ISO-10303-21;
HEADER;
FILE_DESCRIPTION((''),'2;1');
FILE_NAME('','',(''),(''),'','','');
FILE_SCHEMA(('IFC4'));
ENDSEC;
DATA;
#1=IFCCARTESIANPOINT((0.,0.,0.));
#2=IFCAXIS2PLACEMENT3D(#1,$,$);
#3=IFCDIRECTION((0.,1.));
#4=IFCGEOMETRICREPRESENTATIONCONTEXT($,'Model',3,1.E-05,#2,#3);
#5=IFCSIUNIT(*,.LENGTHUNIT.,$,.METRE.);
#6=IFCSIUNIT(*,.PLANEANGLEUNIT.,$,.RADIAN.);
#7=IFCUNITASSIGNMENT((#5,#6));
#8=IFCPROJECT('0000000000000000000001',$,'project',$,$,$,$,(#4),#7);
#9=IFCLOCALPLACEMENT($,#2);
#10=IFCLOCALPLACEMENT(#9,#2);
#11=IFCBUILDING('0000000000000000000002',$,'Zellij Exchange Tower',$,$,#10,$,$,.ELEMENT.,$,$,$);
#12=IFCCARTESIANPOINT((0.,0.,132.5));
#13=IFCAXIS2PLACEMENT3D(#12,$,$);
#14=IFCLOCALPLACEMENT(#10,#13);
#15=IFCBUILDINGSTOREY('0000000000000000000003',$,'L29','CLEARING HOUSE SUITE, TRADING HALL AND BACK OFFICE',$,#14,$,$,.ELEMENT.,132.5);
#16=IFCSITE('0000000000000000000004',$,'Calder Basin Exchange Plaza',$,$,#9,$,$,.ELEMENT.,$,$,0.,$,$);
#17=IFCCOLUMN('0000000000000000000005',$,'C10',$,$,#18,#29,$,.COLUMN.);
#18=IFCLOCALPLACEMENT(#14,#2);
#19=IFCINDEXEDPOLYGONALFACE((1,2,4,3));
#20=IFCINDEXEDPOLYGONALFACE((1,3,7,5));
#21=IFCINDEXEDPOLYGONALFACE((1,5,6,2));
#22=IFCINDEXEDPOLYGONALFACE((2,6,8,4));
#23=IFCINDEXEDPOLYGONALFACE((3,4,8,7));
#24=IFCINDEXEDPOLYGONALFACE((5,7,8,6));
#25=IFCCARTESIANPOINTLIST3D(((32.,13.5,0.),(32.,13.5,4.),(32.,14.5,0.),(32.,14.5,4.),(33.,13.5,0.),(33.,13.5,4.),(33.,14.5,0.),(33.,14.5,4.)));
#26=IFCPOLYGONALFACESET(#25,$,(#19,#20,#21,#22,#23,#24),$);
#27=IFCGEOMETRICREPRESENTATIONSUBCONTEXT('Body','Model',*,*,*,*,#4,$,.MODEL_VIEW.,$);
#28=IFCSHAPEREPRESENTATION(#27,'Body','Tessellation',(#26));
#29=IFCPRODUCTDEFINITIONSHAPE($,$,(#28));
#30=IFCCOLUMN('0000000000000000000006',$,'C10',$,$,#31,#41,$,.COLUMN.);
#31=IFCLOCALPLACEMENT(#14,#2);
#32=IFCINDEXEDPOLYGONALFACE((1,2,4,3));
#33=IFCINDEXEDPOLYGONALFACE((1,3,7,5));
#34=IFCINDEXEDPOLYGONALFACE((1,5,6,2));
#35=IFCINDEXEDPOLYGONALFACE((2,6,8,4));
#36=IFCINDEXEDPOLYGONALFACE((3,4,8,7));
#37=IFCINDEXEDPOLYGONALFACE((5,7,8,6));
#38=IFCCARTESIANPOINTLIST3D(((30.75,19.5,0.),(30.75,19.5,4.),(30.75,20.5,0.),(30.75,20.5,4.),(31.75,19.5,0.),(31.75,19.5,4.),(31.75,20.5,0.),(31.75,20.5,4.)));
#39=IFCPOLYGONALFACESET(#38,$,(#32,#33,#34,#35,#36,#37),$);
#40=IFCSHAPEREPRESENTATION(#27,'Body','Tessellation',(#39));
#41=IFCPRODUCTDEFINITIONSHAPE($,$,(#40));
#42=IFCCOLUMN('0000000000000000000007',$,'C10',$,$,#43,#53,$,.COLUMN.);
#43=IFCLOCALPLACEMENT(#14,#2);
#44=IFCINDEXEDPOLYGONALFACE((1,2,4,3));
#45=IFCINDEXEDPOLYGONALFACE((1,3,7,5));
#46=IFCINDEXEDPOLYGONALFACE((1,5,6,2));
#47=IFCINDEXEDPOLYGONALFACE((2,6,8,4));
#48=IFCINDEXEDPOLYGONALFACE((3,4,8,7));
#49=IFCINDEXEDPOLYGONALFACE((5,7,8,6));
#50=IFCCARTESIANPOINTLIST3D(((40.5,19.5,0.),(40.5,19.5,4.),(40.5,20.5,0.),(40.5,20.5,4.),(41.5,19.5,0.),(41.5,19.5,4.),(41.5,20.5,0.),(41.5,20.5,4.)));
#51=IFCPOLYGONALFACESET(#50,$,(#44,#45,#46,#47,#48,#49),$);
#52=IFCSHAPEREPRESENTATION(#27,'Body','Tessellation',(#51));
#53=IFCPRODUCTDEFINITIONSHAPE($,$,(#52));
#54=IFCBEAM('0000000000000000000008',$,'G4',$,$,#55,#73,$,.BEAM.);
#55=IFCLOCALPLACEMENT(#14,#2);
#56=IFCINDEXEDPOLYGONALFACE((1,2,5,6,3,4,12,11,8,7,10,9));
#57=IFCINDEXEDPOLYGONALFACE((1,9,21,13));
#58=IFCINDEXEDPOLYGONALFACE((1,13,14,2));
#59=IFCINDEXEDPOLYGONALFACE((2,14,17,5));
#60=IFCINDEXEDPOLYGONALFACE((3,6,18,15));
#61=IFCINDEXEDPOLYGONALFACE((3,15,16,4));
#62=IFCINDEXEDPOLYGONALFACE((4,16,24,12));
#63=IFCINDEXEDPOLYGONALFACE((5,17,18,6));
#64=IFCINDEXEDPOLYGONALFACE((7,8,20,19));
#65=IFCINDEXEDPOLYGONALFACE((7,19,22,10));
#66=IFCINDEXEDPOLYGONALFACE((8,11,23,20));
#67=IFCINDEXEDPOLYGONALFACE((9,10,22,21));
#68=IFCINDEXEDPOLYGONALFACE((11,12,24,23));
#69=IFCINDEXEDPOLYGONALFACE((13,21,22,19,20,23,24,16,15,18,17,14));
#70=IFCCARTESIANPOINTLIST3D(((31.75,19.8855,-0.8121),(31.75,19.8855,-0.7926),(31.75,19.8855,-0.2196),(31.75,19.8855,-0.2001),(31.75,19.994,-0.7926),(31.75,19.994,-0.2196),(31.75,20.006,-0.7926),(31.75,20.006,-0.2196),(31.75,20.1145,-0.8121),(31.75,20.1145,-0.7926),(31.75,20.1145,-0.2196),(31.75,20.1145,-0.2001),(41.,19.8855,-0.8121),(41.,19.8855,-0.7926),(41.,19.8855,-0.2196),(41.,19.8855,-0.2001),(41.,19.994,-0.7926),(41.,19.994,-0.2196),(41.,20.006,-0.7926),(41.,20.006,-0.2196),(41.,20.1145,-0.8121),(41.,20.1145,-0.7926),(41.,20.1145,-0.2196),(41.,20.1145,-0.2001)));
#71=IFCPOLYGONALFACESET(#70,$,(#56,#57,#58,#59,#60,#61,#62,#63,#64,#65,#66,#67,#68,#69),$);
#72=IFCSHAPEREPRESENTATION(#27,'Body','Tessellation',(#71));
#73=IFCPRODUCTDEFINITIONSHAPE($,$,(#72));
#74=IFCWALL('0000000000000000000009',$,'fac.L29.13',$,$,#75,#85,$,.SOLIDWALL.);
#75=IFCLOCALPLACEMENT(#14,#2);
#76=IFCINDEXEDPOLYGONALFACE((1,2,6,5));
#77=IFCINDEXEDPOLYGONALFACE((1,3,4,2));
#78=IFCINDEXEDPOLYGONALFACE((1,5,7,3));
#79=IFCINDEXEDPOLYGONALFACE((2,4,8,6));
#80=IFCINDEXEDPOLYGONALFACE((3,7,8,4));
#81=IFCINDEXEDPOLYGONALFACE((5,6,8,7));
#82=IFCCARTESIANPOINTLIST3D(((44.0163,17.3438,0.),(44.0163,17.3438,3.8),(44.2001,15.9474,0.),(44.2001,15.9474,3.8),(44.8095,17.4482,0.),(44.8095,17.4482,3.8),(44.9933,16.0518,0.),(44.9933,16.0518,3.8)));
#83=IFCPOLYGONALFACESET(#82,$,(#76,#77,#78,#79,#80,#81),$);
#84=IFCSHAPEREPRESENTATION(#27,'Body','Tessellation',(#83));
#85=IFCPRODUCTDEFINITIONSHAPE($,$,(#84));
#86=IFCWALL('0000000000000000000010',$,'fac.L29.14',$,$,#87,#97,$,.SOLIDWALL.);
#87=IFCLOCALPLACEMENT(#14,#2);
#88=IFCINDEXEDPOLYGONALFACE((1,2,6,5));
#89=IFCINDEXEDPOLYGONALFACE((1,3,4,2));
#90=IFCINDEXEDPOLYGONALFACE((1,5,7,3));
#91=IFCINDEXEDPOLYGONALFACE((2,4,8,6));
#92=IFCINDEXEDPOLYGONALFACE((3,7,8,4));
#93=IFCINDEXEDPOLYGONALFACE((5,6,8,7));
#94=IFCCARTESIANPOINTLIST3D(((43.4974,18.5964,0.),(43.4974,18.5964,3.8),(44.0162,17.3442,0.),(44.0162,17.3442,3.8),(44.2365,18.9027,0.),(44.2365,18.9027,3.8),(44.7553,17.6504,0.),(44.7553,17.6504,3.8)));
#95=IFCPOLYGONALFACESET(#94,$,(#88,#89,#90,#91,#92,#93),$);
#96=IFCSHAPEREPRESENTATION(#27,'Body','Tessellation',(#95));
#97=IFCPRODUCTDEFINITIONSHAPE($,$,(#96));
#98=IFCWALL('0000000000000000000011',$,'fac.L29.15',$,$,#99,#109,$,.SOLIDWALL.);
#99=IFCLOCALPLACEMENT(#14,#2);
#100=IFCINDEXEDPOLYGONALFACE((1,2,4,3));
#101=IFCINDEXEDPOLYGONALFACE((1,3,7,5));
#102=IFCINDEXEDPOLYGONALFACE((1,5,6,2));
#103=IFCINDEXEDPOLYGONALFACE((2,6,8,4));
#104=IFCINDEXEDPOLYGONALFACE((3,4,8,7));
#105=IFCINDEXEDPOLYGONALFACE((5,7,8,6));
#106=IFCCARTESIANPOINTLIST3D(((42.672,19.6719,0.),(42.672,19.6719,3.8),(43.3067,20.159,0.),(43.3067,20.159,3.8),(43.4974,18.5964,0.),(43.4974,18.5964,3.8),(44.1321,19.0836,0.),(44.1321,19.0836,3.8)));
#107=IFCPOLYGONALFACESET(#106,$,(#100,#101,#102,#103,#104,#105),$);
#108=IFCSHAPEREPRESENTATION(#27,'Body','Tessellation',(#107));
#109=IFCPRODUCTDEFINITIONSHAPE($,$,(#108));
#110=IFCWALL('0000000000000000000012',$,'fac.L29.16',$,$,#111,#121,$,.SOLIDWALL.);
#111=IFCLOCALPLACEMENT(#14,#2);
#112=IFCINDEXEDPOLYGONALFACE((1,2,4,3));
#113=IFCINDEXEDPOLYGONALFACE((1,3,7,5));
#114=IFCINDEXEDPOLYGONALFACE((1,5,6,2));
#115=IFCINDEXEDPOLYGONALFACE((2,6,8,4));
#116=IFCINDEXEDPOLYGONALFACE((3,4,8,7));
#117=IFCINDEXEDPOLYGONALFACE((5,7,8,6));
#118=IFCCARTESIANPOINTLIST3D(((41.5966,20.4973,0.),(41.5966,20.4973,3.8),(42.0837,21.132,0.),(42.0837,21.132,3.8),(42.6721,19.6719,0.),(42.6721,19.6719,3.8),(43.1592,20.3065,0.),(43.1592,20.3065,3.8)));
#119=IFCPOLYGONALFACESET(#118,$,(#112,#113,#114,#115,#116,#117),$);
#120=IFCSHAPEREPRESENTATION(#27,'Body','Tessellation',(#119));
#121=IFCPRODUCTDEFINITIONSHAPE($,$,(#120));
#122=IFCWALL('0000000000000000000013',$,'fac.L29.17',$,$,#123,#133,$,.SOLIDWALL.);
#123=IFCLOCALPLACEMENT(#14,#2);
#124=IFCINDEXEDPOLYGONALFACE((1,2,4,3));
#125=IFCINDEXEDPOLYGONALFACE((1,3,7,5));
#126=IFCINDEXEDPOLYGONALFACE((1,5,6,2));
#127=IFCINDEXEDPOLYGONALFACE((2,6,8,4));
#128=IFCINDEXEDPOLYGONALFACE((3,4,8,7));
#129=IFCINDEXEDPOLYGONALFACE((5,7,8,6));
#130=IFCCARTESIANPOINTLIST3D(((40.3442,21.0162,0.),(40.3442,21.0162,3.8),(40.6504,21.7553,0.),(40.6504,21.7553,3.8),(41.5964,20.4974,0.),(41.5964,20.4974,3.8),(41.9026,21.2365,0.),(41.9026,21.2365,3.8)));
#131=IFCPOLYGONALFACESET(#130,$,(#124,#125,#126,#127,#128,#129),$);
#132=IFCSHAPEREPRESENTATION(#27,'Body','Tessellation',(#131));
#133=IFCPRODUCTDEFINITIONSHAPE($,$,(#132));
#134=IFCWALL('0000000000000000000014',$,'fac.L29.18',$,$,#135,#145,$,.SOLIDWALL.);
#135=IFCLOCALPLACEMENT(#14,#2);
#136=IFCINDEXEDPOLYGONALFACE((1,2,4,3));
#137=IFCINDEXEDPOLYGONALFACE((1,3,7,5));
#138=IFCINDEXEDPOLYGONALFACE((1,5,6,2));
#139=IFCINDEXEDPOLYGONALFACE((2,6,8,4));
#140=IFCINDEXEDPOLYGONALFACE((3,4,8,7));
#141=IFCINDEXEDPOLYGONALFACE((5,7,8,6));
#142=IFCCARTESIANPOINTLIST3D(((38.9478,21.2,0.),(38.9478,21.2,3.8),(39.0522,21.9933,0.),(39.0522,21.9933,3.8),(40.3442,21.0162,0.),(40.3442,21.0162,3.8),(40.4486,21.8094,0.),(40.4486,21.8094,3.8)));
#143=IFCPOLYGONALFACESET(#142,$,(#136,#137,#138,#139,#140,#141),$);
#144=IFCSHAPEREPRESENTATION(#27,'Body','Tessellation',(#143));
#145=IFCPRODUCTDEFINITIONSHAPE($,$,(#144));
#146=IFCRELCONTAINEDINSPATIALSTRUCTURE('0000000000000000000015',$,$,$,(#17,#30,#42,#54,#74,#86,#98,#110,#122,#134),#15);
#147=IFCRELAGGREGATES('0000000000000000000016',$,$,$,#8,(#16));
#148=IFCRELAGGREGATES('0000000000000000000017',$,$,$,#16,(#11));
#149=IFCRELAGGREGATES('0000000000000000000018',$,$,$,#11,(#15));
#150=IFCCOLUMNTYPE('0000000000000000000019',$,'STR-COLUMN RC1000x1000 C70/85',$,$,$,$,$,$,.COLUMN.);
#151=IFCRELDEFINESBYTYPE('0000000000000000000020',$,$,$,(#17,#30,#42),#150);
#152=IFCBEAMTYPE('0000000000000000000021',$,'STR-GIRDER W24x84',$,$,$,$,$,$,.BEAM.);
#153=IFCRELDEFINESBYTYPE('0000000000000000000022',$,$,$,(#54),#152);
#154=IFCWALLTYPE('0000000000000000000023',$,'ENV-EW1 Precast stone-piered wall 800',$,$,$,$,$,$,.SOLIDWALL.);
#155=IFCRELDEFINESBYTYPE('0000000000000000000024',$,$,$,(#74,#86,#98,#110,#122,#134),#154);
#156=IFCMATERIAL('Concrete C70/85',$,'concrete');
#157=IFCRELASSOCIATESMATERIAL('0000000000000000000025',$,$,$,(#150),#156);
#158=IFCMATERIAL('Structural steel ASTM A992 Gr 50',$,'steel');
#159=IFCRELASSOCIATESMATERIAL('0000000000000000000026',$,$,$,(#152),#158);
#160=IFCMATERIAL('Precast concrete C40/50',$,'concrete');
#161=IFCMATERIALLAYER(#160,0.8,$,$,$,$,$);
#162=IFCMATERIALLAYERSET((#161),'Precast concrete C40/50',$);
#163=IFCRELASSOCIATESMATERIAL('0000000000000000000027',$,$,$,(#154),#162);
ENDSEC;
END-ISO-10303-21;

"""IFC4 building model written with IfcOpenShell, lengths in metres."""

from ifc_helpers import new_model, si_unit, direction, frame, frame_2d, origin, origin_2d, place, context, subcontext, project, spatial, rectangle, i_section, extrude, material, layer, layer_set, material_profile, profile_set, type_object, element, save


model = new_model("IFC4")

# Units and contexts
model_context = context("Model", 3, precision=1e-05, world=origin(), true_north=direction((0.0, 1.0)))
body_context = subcontext(model_context, "Body", "Model", "MODEL_VIEW")
ifc_project = project(units=[si_unit("LENGTHUNIT", "METRE"), si_unit("PLANEANGLEUNIT", "RADIAN")], contexts=[model_context])

# Site, building, storey
site_placement = place(None, origin())
site = spatial("IfcSite", under=ifc_project, at=site_placement, Name="Calder Basin Exchange Plaza", CompositionType="ELEMENT", RefElevation=0.0)
building_placement = place(site_placement, origin())
building = spatial("IfcBuilding", under=site, at=building_placement, Name="Zellij Exchange Tower", CompositionType="ELEMENT")
storey_placement = place(building_placement, frame((0.0, 0.0, 132.5)))
storey = spatial("IfcBuildingStorey", under=building, at=storey_placement, Name="L29", Description="CLEARING HOUSE SUITE, TRADING HALL AND BACK OFFICE", CompositionType="ELEMENT", Elevation=132.5)

# Columns
ifc_material_1 = material(Name="Concrete C70/85", Category="concrete")
ifc_material_profile_1 = material_profile(ifc_material_1, rectangle(XDim=1.0, YDim=1.0, at=origin_2d()), Name="STR-COLUMN RC1000x1000 C70/85")
ifc_profile_set_1 = profile_set([ifc_material_profile_1], Name="Concrete C70/85")
column_type = type_object("IfcColumnType", Name="STR-COLUMN RC1000x1000 C70/85", PredefinedType="COLUMN", material=ifc_profile_set_1)
for number, where, z_axis, x_axis, name in (
    (1, (32.5, 14.0, 0.0), (0.0, 0.0, 1.0), (1.0, 0.0, 0.0), "C10"),
    (2, (31.25, 20.0, 0.0), (0.0, 0.0, 1.0), (1.0, 0.0, 0.0), "C10"),
    (3, (41.0, 20.0, 0.0), (0.0, 0.0, 1.0), (1.0, 0.0, 0.0), "C10"),
):
    element("IfcColumn", number, at=place(storey_placement, frame(where, z_axis=z_axis, x_axis=x_axis)), inside=storey, type_object=column_type, Name=name, PredefinedType="COLUMN", context=body_context, shape_type="SweptSolid", body=[
        extrude(rectangle(XDim=1.0, YDim=1.0, at=origin_2d()), origin(), (0.0, 0.0, 1.0), 4.0),
    ])

# Beam
ifc_material_2 = material(Name="Structural steel ASTM A992 Gr 50", Category="steel")
ifc_material_profile_2 = material_profile(ifc_material_2, i_section(OverallWidth=0.229, OverallDepth=0.6121, WebThickness=0.012, FlangeThickness=0.0195, at=origin_2d()), Name="W24x84")
ifc_profile_set_2 = profile_set([ifc_material_profile_2], Name="Structural steel ASTM A992 Gr 50")
beam_type = type_object("IfcBeamType", Name="STR-GIRDER W24x84", PredefinedType="BEAM", material=ifc_profile_set_2)
beam_placement = place(storey_placement, frame((31.75, 20.0, -0.5061), z_axis=(1.0, 0.0, 0.0), x_axis=(0.0, 1.0, 0.0)))
element("IfcBeam", 4, at=beam_placement, inside=storey, type_object=beam_type, Name="G4", PredefinedType="BEAM", context=body_context, shape_type="SweptSolid", body=[
    extrude(i_section(OverallWidth=0.229, OverallDepth=0.6121, WebThickness=0.012, FlangeThickness=0.0195, at=origin_2d()), origin(), (0.0, 0.0, 1.0), 9.25),
])

# Walls
ifc_material_3 = material(Name="Precast concrete C40/50", Category="concrete")
ifc_layer = layer(ifc_material_3, 0.8)
ifc_layer_set = layer_set([ifc_layer], Name="Precast concrete C40/50")
wall_type = type_object("IfcWallType", Name="ENV-EW1 Precast stone-piered wall 800", PredefinedType="SOLIDWALL", material=ifc_layer_set)
wall_1_placement = place(storey_placement, frame((44.5967, 15.9998, 0.0), z_axis=(0.0, 0.0, 1.0), x_axis=(-0.130517, 0.991446, 0.0)))
element("IfcWall", 5, at=wall_1_placement, inside=storey, type_object=wall_type, Name="fac.L29.13", PredefinedType="SOLIDWALL", context=body_context, shape_type="SweptSolid", body=[
    extrude(rectangle(XDim=1.4084, YDim=0.8, at=frame_2d((0.7041, 0.0))), origin(), (0.0, 0.0, 1.0), 3.8),
])
wall_2_placement = place(storey_placement, frame((44.3857, 17.4973, 0.0), z_axis=(0.0, 0.0, 1.0), x_axis=(-0.38276, 0.923848, 0.0)))
element("IfcWall", 6, at=wall_2_placement, inside=storey, type_object=wall_type, Name="fac.L29.14", PredefinedType="SOLIDWALL", context=body_context, shape_type="SweptSolid", body=[
    extrude(rectangle(XDim=1.3555, YDim=0.8, at=frame_2d((0.6777, 0.0))), origin(), (0.0, 0.0, 1.0), 3.8),
])
for number, where, z_axis, x_axis, name in (
    (7, (43.8147, 18.8401, 0.0), (0.0, 0.0, 1.0), (-0.608866, 0.793273, 0.0), "fac.L29.15"),
    (8, (42.9155, 19.9893, 0.0), (0.0, 0.0, 1.0), (-0.793273, 0.608866, 0.0), "fac.L29.16"),
):
    element("IfcWall", number, at=place(storey_placement, frame(where, z_axis=z_axis, x_axis=x_axis)), inside=storey, type_object=wall_type, Name=name, PredefinedType="SOLIDWALL", context=body_context, shape_type="SweptSolid", body=[
        extrude(rectangle(XDim=1.3557, YDim=0.8, at=frame_2d((0.6777, 0.0))), origin(), (0.0, 0.0, 1.0), 3.8),
    ])
wall_3_placement = place(storey_placement, frame((41.7495, 20.8669, 0.0), z_axis=(0.0, 0.0, 1.0), x_axis=(-0.923848, 0.38276, 0.0)))
element("IfcWall", 9, at=wall_3_placement, inside=storey, type_object=wall_type, Name="fac.L29.17", PredefinedType="SOLIDWALL", context=body_context, shape_type="SweptSolid", body=[
    extrude(rectangle(XDim=1.3555, YDim=0.8, at=frame_2d((0.6777, 0.0))), origin(), (0.0, 0.0, 1.0), 3.8),
])
wall_4_placement = place(storey_placement, frame((40.3962, 21.4128, 0.0), z_axis=(0.0, 0.0, 1.0), x_axis=(-0.991446, 0.130517, 0.0)))
element("IfcWall", 10, at=wall_4_placement, inside=storey, type_object=wall_type, Name="fac.L29.18", PredefinedType="SOLIDWALL", context=body_context, shape_type="SweptSolid", body=[
    extrude(rectangle(XDim=1.4084, YDim=0.8, at=frame_2d((0.7041, 0.0))), origin(), (0.0, 0.0, 1.0), 3.8),
])

save(model, "model.ifc")
